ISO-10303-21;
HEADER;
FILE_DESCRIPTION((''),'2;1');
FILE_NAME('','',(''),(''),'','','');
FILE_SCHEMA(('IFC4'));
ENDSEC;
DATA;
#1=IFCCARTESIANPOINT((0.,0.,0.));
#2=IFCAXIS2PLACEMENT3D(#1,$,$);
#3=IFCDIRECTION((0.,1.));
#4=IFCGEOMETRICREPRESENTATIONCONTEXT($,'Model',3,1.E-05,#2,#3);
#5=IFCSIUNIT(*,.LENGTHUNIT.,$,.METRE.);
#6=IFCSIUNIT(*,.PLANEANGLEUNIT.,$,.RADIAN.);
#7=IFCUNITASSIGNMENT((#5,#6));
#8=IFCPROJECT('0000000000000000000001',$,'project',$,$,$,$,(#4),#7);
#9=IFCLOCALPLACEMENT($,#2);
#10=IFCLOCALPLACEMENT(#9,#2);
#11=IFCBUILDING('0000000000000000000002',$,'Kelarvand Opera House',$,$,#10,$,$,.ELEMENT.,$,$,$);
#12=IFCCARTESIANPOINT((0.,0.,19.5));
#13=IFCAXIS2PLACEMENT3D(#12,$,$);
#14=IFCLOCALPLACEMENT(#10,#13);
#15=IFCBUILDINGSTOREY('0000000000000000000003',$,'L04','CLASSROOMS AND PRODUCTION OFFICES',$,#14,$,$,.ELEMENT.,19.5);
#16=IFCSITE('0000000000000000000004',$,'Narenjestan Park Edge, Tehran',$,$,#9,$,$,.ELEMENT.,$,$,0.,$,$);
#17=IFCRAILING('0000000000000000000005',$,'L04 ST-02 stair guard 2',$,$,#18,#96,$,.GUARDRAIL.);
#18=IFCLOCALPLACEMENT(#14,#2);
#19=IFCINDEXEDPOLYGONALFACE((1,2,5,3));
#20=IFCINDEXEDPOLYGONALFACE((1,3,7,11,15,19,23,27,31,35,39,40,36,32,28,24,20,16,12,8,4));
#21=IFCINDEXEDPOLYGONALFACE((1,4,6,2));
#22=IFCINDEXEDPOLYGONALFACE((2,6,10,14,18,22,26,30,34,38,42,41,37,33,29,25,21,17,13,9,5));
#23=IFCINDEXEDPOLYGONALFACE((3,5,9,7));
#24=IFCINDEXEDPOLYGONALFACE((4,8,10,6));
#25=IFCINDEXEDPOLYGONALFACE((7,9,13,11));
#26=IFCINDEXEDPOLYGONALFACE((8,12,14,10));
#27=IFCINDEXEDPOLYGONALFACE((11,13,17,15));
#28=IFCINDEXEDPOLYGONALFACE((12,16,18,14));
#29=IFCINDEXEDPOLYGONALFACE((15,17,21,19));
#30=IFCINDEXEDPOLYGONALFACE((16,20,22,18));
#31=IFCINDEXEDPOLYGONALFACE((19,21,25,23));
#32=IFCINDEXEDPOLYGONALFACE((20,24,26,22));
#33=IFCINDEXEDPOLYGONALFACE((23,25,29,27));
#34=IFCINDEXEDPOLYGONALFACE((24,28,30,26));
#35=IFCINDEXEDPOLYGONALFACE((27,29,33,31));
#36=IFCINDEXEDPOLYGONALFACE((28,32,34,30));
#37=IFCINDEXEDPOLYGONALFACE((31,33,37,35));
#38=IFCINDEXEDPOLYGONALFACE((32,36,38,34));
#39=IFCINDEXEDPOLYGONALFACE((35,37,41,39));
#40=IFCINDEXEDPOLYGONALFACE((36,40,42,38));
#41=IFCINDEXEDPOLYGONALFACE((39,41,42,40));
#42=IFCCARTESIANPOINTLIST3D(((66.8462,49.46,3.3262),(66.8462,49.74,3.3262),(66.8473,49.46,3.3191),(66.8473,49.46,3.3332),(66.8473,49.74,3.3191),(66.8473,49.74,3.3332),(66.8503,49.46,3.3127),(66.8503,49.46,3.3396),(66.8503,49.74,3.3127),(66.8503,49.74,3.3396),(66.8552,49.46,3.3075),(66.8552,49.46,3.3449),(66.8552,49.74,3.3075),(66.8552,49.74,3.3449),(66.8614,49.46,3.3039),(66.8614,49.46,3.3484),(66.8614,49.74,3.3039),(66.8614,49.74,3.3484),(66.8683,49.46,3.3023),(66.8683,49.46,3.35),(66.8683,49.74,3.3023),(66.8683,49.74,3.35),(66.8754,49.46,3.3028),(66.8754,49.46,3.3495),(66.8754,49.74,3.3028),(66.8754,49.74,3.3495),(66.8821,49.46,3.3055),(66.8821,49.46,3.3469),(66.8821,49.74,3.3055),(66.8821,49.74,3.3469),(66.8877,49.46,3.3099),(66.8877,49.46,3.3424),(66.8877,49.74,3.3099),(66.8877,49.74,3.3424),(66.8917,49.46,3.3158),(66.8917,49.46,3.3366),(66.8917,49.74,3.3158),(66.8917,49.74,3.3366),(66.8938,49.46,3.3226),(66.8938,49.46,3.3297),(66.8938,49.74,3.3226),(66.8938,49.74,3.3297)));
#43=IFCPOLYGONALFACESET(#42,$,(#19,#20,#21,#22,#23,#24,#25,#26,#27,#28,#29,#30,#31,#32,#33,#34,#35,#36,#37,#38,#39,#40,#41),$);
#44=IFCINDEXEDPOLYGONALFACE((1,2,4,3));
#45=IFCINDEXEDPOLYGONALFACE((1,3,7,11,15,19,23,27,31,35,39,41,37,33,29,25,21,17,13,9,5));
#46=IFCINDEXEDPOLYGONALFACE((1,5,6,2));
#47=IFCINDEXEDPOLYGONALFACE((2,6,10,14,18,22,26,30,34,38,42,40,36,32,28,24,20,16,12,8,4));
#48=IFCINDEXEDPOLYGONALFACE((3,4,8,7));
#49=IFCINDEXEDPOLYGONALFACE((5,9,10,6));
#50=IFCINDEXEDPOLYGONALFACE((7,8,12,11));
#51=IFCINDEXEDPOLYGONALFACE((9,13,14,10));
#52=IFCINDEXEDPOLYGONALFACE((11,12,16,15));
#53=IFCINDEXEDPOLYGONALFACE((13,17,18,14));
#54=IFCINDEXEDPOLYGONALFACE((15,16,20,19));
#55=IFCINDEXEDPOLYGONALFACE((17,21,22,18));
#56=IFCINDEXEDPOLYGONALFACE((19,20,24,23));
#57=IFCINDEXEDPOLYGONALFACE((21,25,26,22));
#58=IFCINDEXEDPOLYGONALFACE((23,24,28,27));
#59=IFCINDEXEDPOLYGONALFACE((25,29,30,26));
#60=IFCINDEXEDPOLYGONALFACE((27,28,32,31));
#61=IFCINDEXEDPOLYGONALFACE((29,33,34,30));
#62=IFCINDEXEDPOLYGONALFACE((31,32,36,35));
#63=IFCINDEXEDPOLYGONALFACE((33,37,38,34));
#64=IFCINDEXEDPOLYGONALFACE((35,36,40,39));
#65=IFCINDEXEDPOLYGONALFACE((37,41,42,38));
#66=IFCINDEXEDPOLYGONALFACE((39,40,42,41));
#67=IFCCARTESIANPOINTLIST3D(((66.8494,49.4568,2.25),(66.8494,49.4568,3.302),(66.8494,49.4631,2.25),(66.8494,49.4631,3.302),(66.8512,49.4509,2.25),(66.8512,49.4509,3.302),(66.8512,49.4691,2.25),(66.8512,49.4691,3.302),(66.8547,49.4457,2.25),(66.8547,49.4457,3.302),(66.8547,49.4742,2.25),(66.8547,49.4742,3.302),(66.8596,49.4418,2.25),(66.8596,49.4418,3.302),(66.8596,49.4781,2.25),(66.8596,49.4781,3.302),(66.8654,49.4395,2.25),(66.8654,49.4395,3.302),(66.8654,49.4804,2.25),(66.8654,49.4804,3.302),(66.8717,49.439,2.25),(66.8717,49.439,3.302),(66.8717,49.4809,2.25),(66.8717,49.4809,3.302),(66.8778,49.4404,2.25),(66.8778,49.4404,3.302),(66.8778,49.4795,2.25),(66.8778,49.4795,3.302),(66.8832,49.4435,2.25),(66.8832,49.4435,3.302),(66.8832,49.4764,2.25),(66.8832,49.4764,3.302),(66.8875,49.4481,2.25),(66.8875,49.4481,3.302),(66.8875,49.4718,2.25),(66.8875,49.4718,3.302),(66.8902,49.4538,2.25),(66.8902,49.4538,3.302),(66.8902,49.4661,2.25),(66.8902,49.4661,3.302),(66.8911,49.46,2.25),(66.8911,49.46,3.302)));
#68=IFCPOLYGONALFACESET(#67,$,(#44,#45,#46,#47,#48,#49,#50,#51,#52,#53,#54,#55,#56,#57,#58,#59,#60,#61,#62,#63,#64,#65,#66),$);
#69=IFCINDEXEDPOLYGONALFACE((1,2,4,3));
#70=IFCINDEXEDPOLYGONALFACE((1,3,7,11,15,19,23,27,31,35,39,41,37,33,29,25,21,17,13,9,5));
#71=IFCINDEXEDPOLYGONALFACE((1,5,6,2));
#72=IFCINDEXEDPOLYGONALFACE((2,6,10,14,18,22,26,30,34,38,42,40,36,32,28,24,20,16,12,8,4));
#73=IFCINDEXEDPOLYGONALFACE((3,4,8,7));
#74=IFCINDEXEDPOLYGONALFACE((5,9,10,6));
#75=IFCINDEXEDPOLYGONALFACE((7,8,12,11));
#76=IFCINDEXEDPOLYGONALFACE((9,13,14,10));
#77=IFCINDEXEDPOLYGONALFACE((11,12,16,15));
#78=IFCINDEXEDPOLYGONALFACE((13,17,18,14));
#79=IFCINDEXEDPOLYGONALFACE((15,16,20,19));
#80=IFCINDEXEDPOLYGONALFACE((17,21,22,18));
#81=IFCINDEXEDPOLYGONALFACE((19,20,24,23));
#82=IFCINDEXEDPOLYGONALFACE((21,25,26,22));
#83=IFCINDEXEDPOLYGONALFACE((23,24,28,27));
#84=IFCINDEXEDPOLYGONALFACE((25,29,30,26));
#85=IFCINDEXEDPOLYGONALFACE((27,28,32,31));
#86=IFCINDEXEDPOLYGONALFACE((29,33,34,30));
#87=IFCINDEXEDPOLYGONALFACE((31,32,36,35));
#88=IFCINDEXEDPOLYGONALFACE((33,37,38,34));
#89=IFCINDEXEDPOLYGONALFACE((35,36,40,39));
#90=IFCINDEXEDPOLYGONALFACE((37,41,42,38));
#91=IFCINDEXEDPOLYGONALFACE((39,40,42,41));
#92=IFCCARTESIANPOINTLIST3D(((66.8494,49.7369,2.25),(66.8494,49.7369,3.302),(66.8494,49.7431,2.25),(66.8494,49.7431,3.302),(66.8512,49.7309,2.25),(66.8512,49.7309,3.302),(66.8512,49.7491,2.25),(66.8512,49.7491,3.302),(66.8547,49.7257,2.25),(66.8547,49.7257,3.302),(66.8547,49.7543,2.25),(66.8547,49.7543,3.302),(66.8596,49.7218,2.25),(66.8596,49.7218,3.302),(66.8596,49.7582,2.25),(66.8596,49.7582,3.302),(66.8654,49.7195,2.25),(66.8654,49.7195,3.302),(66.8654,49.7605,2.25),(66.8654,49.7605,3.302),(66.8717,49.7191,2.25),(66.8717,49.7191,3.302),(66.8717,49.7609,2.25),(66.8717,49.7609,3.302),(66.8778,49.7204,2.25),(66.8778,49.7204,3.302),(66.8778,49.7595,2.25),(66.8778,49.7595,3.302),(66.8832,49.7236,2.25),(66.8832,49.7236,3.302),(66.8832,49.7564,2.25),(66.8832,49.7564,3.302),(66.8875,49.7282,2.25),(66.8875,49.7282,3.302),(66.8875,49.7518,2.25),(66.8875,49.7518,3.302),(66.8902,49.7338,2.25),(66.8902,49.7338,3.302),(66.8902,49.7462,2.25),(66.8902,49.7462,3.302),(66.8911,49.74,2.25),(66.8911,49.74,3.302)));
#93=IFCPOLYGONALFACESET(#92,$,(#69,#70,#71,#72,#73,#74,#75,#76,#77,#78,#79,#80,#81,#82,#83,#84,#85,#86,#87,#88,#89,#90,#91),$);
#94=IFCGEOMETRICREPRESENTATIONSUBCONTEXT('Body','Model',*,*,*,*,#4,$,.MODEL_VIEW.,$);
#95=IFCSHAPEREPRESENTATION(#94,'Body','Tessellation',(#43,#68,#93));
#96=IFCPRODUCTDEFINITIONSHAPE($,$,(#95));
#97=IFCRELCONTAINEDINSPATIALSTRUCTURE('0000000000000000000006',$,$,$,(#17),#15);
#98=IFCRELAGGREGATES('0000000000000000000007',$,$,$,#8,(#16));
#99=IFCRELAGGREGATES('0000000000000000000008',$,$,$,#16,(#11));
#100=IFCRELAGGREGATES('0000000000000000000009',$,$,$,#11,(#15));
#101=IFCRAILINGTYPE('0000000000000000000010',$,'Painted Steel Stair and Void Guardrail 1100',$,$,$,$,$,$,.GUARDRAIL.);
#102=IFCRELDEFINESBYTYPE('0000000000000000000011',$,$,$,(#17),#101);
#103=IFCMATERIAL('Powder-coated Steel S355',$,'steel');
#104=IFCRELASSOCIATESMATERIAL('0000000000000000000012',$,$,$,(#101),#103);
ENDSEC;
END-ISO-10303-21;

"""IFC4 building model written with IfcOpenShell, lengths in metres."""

from ifc_helpers import new_model, si_unit, direction, frame, origin, origin_2d, place, context, subcontext, project, spatial, circle, extrude, material, type_object, element, save


model = new_model("IFC4")

# Units and contexts
model_context = context("Model", 3, precision=1e-05, world=origin(), true_north=direction((0.0, 1.0)))
body_context = subcontext(model_context, "Body", "Model", "MODEL_VIEW")
ifc_project = project(units=[si_unit("LENGTHUNIT", "METRE"), si_unit("PLANEANGLEUNIT", "RADIAN")], contexts=[model_context])

# Site, building, storey
site_placement = place(None, origin())
site = spatial("IfcSite", under=ifc_project, at=site_placement, Name="Narenjestan Park Edge, Tehran", CompositionType="ELEMENT", RefElevation=0.0)
building_placement = place(site_placement, origin())
building = spatial("IfcBuilding", under=site, at=building_placement, Name="Kelarvand Opera House", CompositionType="ELEMENT")
storey_placement = place(building_placement, frame((0.0, 0.0, 19.5)))
storey = spatial("IfcBuildingStorey", under=building, at=storey_placement, Name="L04", Description="CLASSROOMS AND PRODUCTION OFFICES", CompositionType="ELEMENT", Elevation=19.5)

# Railing
ifc_material_1 = material(Name="Powder-coated Steel S355", Category="steel")
railing_type_1 = type_object("IfcRailingType", Name="Painted Steel Stair and Void Guardrail 1100", PredefinedType="GUARDRAIL", material=ifc_material_1)
railing_1_placement = place(storey_placement, frame((66.8701, 49.46, 2.25)))
element("IfcRailing", 1, at=railing_1_placement, inside=storey, type_object=railing_type_1, Name="L04 ST-02 stair guard 2", PredefinedType="GUARDRAIL", context=body_context, shape_type="SweptSolid", body=[
    extrude(circle(Radius=0.0239, at=origin_2d()), frame((0.0, 0.0, 1.0762), z_axis=(0.0, 1.0, 0.0), x_axis=(-1.0, 0.0, 0.0)), (0.0, 0.0, 1.0), 0.28),
    extrude(circle(Radius=0.021, at=origin_2d()), origin(), (0.0, 0.0, 1.0), 1.052),
    extrude(circle(Radius=0.021, at=origin_2d()), frame((0.0, 0.28, 0.0)), (0.0, 0.0, 1.0), 1.052),
])

save(model, "model.ifc")
